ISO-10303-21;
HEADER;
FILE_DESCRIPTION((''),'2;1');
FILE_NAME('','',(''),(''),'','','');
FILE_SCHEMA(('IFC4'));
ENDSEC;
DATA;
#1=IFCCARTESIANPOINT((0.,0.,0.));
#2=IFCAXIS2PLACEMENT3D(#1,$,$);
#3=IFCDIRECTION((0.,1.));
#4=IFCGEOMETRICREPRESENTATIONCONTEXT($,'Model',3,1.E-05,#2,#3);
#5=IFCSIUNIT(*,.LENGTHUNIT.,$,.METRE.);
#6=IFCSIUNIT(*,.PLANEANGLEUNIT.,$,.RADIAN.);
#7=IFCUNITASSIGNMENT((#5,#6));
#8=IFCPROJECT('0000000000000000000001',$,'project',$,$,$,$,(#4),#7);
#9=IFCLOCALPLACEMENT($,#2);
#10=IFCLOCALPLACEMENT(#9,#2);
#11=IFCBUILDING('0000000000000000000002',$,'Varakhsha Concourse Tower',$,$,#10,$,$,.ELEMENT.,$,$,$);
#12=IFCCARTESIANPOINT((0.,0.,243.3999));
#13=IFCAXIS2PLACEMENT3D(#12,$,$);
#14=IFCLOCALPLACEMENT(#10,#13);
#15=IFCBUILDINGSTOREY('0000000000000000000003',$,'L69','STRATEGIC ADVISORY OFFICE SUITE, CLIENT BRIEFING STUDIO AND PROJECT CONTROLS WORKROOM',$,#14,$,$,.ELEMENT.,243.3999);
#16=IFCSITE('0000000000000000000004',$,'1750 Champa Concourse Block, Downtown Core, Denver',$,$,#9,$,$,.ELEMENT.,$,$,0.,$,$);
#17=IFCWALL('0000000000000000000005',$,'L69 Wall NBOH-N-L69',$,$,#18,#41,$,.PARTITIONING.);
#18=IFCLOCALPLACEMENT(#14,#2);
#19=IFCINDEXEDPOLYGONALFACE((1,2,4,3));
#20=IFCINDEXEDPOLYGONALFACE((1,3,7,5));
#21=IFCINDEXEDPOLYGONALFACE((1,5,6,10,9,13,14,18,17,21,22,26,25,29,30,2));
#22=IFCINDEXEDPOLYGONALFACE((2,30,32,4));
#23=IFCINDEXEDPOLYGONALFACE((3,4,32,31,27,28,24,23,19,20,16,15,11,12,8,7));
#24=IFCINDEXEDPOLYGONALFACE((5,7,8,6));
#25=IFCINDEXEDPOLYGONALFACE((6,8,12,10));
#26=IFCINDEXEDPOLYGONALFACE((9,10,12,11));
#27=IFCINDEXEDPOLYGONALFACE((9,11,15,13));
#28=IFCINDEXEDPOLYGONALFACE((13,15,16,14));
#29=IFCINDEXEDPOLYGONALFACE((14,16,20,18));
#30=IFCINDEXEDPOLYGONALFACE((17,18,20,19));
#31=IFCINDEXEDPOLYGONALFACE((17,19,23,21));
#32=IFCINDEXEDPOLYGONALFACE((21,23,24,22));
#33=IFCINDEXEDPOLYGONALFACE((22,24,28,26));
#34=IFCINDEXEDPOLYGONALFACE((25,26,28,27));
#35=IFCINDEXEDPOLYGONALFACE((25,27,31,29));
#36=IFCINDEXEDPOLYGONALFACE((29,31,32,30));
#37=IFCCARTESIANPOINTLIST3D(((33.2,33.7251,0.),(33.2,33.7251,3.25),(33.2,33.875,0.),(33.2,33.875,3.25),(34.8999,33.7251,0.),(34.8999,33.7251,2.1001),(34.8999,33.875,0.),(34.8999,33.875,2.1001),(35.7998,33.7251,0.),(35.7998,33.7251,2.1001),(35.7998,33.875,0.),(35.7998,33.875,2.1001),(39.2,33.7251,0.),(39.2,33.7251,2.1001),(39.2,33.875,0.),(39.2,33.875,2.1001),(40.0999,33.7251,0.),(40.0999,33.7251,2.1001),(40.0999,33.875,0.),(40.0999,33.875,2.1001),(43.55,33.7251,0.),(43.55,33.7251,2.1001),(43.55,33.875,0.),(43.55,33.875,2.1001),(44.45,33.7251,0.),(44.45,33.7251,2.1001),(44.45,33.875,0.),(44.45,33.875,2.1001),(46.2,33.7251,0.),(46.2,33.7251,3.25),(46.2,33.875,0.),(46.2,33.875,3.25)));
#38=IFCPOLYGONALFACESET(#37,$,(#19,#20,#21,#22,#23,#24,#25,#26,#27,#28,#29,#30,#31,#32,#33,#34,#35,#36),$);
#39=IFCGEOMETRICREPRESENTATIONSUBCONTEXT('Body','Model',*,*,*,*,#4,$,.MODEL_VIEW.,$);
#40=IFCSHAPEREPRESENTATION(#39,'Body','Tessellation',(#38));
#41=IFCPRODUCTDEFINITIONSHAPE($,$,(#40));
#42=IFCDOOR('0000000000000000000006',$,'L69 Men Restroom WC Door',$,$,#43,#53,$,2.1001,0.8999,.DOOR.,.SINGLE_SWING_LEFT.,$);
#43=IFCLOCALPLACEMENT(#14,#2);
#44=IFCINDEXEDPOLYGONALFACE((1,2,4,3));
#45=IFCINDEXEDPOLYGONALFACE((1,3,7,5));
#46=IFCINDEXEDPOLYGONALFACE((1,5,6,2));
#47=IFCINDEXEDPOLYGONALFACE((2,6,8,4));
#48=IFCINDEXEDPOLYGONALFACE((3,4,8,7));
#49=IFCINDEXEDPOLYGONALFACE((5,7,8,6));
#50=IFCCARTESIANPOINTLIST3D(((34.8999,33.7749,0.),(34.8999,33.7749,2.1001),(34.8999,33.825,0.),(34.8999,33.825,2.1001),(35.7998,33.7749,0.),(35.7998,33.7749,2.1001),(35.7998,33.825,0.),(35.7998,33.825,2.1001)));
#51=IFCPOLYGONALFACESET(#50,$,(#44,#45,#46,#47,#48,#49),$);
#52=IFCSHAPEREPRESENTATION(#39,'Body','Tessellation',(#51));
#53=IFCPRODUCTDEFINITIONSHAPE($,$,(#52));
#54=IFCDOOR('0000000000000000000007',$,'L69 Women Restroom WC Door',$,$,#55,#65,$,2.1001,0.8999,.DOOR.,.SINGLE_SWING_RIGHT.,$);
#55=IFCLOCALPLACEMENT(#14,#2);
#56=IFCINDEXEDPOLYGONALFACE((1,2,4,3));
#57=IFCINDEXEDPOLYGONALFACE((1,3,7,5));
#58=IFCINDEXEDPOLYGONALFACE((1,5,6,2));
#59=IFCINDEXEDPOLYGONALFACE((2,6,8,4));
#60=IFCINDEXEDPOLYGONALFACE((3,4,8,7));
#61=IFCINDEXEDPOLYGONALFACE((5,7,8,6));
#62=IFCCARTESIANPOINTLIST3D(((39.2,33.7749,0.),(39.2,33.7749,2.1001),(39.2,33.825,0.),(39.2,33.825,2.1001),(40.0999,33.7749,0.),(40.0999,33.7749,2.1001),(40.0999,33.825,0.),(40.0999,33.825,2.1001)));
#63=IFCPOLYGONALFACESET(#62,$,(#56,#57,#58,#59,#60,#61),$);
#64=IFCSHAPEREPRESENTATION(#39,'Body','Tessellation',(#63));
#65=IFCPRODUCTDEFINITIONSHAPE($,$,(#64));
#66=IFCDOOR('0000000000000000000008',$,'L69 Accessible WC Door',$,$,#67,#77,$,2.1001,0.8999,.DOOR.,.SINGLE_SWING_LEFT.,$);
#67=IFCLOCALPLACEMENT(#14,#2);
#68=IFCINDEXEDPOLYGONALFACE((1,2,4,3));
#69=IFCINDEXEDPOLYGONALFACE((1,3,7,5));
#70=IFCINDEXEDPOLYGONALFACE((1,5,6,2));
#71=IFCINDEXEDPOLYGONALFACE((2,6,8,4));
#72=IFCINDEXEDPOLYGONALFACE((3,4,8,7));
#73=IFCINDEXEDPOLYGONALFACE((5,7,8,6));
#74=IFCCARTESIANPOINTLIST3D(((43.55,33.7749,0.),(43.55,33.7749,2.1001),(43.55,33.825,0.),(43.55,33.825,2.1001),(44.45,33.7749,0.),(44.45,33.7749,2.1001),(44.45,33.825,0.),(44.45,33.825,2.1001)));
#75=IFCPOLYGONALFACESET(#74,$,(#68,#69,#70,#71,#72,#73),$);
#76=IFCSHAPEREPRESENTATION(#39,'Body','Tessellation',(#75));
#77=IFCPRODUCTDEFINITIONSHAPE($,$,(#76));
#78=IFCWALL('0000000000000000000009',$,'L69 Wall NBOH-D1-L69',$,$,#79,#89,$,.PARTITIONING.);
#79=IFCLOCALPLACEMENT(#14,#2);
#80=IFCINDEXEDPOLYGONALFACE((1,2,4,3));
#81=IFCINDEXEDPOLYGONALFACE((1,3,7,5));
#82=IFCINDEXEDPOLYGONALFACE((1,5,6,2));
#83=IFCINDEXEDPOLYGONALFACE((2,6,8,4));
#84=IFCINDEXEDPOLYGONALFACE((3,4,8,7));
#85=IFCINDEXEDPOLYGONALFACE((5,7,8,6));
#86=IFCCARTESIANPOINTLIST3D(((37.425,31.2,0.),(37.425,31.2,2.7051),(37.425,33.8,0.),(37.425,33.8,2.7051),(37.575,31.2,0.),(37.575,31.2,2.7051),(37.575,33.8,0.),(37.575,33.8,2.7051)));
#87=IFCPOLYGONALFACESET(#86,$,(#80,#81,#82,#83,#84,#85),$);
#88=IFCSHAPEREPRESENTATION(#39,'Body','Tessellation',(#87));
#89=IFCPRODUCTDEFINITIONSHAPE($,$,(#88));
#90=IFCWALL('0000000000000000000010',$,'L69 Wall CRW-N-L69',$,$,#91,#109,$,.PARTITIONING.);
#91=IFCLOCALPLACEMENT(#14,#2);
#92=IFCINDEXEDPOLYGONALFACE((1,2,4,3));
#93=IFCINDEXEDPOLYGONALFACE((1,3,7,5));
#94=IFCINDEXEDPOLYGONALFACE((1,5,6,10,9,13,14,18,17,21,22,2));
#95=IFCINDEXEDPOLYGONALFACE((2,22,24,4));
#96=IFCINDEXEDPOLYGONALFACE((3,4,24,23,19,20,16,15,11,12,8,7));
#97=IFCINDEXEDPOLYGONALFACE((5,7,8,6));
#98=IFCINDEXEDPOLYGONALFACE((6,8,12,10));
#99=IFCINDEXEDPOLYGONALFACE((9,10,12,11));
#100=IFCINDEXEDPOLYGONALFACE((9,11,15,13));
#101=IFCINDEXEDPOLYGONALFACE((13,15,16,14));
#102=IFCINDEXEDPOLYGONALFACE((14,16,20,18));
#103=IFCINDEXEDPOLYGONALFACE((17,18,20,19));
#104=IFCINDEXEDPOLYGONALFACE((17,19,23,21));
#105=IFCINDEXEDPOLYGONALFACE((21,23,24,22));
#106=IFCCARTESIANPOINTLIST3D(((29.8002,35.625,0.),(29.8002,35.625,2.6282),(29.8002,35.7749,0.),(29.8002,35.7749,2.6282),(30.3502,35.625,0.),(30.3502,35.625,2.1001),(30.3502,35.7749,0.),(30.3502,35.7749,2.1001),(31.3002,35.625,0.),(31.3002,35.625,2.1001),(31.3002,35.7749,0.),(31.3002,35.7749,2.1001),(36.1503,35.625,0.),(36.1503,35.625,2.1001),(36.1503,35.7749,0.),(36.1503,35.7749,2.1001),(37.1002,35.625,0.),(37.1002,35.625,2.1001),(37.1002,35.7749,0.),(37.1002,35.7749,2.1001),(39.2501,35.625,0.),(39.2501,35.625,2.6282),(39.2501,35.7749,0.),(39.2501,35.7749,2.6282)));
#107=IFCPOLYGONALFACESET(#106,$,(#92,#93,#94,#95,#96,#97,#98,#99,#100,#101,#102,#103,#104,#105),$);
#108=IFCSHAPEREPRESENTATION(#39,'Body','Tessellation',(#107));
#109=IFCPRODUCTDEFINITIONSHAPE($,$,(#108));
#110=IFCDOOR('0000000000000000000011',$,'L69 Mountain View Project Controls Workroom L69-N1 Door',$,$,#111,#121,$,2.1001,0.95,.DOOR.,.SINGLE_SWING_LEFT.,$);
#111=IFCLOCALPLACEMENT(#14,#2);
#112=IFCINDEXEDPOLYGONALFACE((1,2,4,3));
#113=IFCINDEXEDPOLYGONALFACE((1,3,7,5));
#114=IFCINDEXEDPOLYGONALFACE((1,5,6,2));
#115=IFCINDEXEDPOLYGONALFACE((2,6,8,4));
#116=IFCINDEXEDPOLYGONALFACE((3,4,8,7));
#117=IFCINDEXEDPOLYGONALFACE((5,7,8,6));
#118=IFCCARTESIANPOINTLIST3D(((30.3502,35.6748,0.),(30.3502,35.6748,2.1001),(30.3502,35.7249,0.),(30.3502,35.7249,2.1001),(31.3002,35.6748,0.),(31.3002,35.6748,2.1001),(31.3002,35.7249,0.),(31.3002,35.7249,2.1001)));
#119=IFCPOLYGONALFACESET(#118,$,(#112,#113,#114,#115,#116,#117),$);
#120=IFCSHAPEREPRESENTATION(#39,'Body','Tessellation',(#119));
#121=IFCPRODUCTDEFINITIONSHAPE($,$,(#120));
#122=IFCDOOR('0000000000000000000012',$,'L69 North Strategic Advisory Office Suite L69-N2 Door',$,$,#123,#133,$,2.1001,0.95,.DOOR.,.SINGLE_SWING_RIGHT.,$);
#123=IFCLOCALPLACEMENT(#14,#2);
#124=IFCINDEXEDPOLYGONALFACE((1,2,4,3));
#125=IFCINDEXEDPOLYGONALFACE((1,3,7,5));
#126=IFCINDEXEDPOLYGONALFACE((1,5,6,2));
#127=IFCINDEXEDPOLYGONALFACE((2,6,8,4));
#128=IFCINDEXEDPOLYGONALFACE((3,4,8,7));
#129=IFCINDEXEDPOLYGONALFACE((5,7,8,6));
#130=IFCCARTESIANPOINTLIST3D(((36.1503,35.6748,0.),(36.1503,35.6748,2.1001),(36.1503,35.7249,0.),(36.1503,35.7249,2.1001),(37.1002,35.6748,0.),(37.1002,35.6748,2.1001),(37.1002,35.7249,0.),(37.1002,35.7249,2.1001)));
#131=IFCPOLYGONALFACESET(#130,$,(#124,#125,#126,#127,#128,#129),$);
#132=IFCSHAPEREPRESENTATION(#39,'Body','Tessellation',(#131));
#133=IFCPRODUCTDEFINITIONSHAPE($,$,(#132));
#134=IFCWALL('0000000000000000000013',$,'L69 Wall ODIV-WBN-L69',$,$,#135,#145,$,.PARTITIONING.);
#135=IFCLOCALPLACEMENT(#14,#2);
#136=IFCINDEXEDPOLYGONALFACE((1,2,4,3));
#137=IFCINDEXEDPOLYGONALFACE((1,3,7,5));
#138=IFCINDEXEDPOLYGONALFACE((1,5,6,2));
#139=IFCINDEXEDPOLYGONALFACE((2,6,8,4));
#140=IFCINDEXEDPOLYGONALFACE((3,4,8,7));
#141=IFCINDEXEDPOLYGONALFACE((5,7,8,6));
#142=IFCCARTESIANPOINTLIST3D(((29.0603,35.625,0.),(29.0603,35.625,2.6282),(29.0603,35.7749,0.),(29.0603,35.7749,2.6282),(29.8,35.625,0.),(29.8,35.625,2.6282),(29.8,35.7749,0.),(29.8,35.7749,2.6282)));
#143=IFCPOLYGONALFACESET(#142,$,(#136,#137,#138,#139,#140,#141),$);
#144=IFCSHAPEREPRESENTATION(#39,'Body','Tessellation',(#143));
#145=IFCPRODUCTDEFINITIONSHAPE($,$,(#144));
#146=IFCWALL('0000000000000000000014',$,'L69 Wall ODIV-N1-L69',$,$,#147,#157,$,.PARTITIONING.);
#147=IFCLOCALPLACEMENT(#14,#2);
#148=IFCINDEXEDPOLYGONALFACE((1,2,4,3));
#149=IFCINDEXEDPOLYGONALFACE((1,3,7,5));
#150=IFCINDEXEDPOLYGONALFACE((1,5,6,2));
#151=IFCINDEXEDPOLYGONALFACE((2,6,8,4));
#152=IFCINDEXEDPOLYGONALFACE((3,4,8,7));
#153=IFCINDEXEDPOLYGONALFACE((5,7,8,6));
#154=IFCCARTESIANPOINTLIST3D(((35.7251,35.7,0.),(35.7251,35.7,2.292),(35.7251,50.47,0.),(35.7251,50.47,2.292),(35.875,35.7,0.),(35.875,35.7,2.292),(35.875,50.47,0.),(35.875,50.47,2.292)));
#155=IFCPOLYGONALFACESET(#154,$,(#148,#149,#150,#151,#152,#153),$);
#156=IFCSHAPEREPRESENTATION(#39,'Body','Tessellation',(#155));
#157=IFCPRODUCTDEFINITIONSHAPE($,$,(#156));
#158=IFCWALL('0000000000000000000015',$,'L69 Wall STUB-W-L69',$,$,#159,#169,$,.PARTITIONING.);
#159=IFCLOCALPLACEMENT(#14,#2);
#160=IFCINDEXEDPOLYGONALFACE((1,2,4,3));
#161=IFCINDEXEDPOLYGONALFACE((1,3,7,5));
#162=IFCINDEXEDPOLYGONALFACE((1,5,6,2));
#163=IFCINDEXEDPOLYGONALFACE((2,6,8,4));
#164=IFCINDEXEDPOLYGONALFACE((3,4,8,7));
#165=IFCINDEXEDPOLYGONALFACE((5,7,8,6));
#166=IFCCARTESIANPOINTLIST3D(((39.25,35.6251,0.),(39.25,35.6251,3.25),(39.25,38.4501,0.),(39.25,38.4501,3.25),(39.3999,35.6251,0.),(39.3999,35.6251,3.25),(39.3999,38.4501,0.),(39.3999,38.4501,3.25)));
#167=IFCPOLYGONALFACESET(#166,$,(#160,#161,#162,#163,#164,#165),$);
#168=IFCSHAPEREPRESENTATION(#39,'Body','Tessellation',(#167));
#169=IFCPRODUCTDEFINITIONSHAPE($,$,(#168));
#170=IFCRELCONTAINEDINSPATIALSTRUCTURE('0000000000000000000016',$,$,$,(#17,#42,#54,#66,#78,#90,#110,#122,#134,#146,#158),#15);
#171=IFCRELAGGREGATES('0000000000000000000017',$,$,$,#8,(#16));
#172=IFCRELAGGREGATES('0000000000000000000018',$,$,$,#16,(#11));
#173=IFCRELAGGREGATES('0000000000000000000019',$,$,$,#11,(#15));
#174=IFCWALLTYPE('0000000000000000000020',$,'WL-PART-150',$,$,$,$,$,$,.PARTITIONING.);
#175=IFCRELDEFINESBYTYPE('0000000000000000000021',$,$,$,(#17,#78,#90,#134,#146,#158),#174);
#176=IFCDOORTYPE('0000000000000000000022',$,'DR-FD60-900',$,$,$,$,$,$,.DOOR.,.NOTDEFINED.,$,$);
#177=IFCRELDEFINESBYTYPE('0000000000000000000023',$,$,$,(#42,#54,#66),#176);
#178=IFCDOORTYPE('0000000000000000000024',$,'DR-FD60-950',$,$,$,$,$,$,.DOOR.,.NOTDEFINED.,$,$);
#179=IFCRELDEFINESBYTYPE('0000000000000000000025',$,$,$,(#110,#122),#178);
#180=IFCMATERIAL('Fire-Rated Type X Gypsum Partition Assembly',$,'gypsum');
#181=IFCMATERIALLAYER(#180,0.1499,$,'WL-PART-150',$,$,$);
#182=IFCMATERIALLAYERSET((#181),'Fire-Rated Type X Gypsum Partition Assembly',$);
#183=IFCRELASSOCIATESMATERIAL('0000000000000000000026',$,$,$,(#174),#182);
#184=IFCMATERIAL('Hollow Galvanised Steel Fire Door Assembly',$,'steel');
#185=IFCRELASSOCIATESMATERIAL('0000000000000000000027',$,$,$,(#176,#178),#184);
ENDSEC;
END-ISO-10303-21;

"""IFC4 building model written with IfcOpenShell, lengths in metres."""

from ifc_helpers import new_model, si_unit, direction, frame, frame_2d, origin, place, context, subcontext, project, spatial, rectangle, extrude, material, layer, layer_set, type_object, element, fill, save


model = new_model("IFC4")

# Units and contexts
model_context = context("Model", 3, precision=1e-05, world=origin(), true_north=direction((0.0, 1.0)))
body_context = subcontext(model_context, "Body", "Model", "MODEL_VIEW")
ifc_project = project(units=[si_unit("LENGTHUNIT", "METRE"), si_unit("PLANEANGLEUNIT", "RADIAN")], contexts=[model_context])

# Site, building, storey
site_placement = place(None, origin())
site = spatial("IfcSite", under=ifc_project, at=site_placement, Name="1750 Champa Concourse Block, Downtown Core, Denver", CompositionType="ELEMENT", RefElevation=0.0)
building_placement = place(site_placement, origin())
building = spatial("IfcBuilding", under=site, at=building_placement, Name="Varakhsha Concourse Tower", CompositionType="ELEMENT")
storey_placement = place(building_placement, frame((0.0, 0.0, 243.3999)))
storey = spatial("IfcBuildingStorey", under=building, at=storey_placement, Name="L69", Description="STRATEGIC ADVISORY OFFICE SUITE, CLIENT BRIEFING STUDIO AND PROJECT CONTROLS WORKROOM", CompositionType="ELEMENT", Elevation=243.3999)

# Wall, openings, doors
ifc_material_1 = material(Name="Fire-Rated Type X Gypsum Partition Assembly", Category="gypsum")
ifc_layer_1 = layer(ifc_material_1, 0.1499, Name="WL-PART-150")
ifc_layer_set_1 = layer_set([ifc_layer_1], Name="Fire-Rated Type X Gypsum Partition Assembly")
wall_type_1 = type_object("IfcWallType", Name="WL-PART-150", PredefinedType="PARTITIONING", material=ifc_layer_set_1)
wall_1_placement = place(storey_placement, frame((33.2, 33.8, 0.0), z_axis=(0.0, 0.0, 1.0), x_axis=(1.0, 0.0, 0.0)))
wall_1 = element("IfcWall", 1, at=wall_1_placement, inside=storey, type_object=wall_type_1, Name="L69 Wall NBOH-N-L69", PredefinedType="PARTITIONING", context=body_context, shape_type="SweptSolid", body=[
    extrude(rectangle(XDim=13.0, YDim=0.1499, at=frame_2d((6.5, 0.0))), origin(), (0.0, 0.0, 1.0), 3.25),
])
opening_1_placement = place(wall_1_placement, frame((1.7, 0.0, 0.0)))
opening_1 = element("IfcOpeningElement", 2, at=opening_1_placement, cuts=wall_1, PredefinedType="OPENING", context=body_context, shape_type="SweptSolid", body=[
    extrude(rectangle(XDim=0.8999, YDim=2.1001, at=frame_2d((0.45, 1.05))), frame((0.0, 0.085, 0.0), z_axis=(0.0, -1.0, 0.0), x_axis=(1.0, 0.0, 0.0)), (0.0, 0.0, 1.0), 0.1699),
])
opening_2_placement = place(wall_1_placement, frame((6.0, 0.0, 0.0)))
opening_2 = element("IfcOpeningElement", 3, at=opening_2_placement, cuts=wall_1, PredefinedType="OPENING", context=body_context, shape_type="SweptSolid", body=[
    extrude(rectangle(XDim=0.8999, YDim=2.1001, at=frame_2d((0.45, 1.05))), frame((0.0, 0.085, 0.0), z_axis=(0.0, -1.0, 0.0), x_axis=(1.0, 0.0, 0.0)), (0.0, 0.0, 1.0), 0.1699),
])
opening_3_placement = place(wall_1_placement, frame((10.3501, 0.0, 0.0)))
opening_3 = element("IfcOpeningElement", 4, at=opening_3_placement, cuts=wall_1, PredefinedType="OPENING", context=body_context, shape_type="SweptSolid", body=[
    extrude(rectangle(XDim=0.8999, YDim=2.1001, at=frame_2d((0.45, 1.05))), frame((0.0, 0.085, 0.0), z_axis=(0.0, -1.0, 0.0), x_axis=(1.0, 0.0, 0.0)), (0.0, 0.0, 1.0), 0.1699),
])
ifc_material_2 = material(Name="Hollow Galvanised Steel Fire Door Assembly", Category="steel")
door_type_1 = type_object("IfcDoorType", Name="DR-FD60-900", OperationType="NOTDEFINED", PredefinedType="DOOR", material=ifc_material_2)
door_1_placement = place(opening_1_placement, origin())
door_1 = element("IfcDoor", 5, at=door_1_placement, inside=storey, type_object=door_type_1, Name="L69 Men Restroom WC Door", OperationType="SINGLE_SWING_LEFT", OverallHeight=2.1001, OverallWidth=0.8999, PredefinedType="DOOR", context=body_context, shape_type="SweptSolid", body=[
    extrude(rectangle(XDim=0.8999, YDim=2.1001, at=frame_2d((0.45, 1.05))), frame((0.0, 0.0249, 0.0), z_axis=(0.0, -1.0, 0.0), x_axis=(1.0, 0.0, 0.0)), (0.0, 0.0, 1.0), 0.05),
])
fill(opening_1, door_1)
door_2_placement = place(opening_2_placement, origin())
door_2 = element("IfcDoor", 6, at=door_2_placement, inside=storey, type_object=door_type_1, Name="L69 Women Restroom WC Door", OperationType="SINGLE_SWING_RIGHT", OverallHeight=2.1001, OverallWidth=0.8999, PredefinedType="DOOR", context=body_context, shape_type="SweptSolid", body=[
    extrude(rectangle(XDim=0.8999, YDim=2.1001, at=frame_2d((0.45, 1.05))), frame((0.0, 0.0249, 0.0), z_axis=(0.0, -1.0, 0.0), x_axis=(1.0, 0.0, 0.0)), (0.0, 0.0, 1.0), 0.05),
])
fill(opening_2, door_2)
door_3_placement = place(opening_3_placement, origin())
door_3 = element("IfcDoor", 7, at=door_3_placement, inside=storey, type_object=door_type_1, Name="L69 Accessible WC Door", OperationType="SINGLE_SWING_LEFT", OverallHeight=2.1001, OverallWidth=0.8999, PredefinedType="DOOR", context=body_context, shape_type="SweptSolid", body=[
    extrude(rectangle(XDim=0.8999, YDim=2.1001, at=frame_2d((0.45, 1.05))), frame((0.0, 0.0249, 0.0), z_axis=(0.0, -1.0, 0.0), x_axis=(1.0, 0.0, 0.0)), (0.0, 0.0, 1.0), 0.05),
])
fill(opening_3, door_3)

# Wall
wall_2_placement = place(storey_placement, frame((37.5, 31.2, 0.0), z_axis=(0.0, 0.0, 1.0), x_axis=(0.0, 1.0, 0.0)))
element("IfcWall", 8, at=wall_2_placement, inside=storey, type_object=wall_type_1, Name="L69 Wall NBOH-D1-L69", PredefinedType="PARTITIONING", context=body_context, shape_type="SweptSolid", body=[
    extrude(rectangle(XDim=2.6001, YDim=0.1499, at=frame_2d((1.3, 0.0))), origin(), (0.0, 0.0, 1.0), 2.7051),
])

# Wall, openings, doors
wall_3_placement = place(storey_placement, frame((29.8, 35.7, 0.0), z_axis=(0.0, 0.0, 1.0), x_axis=(1.0, 0.0, 0.0)))
wall_3 = element("IfcWall", 9, at=wall_3_placement, inside=storey, type_object=wall_type_1, Name="L69 Wall CRW-N-L69", PredefinedType="PARTITIONING", context=body_context, shape_type="SweptSolid", body=[
    extrude(rectangle(XDim=9.45, YDim=0.1499, at=frame_2d((4.7251, 0.0))), origin(), (0.0, 0.0, 1.0), 2.6282),
])
opening_4_placement = place(wall_3_placement, frame((0.55, 0.0, 0.0)))
opening_4 = element("IfcOpeningElement", 10, at=opening_4_placement, cuts=wall_3, PredefinedType="OPENING", context=body_context, shape_type="SweptSolid", body=[
    extrude(rectangle(XDim=0.95, YDim=2.1001, at=frame_2d((0.4751, 1.05))), frame((0.0, 0.085, 0.0), z_axis=(0.0, -1.0, 0.0), x_axis=(1.0, 0.0, 0.0)), (0.0, 0.0, 1.0), 0.1699),
])
opening_5_placement = place(wall_3_placement, frame((6.3501, 0.0, 0.0)))
opening_5 = element("IfcOpeningElement", 11, at=opening_5_placement, cuts=wall_3, PredefinedType="OPENING", context=body_context, shape_type="SweptSolid", body=[
    extrude(rectangle(XDim=0.95, YDim=2.1001, at=frame_2d((0.4751, 1.05))), frame((0.0, 0.085, 0.0), z_axis=(0.0, -1.0, 0.0), x_axis=(1.0, 0.0, 0.0)), (0.0, 0.0, 1.0), 0.1699),
])
door_type_2 = type_object("IfcDoorType", Name="DR-FD60-950", OperationType="NOTDEFINED", PredefinedType="DOOR", material=ifc_material_2)
door_4_placement = place(opening_4_placement, origin())
door_4 = element("IfcDoor", 12, at=door_4_placement, inside=storey, type_object=door_type_2, Name="L69 Mountain View Project Controls Workroom L69-N1 Door", OperationType="SINGLE_SWING_LEFT", OverallHeight=2.1001, OverallWidth=0.95, PredefinedType="DOOR", context=body_context, shape_type="SweptSolid", body=[
    extrude(rectangle(XDim=0.95, YDim=2.1001, at=frame_2d((0.4751, 1.05))), frame((0.0, 0.0249, 0.0), z_axis=(0.0, -1.0, 0.0), x_axis=(1.0, 0.0, 0.0)), (0.0, 0.0, 1.0), 0.05),
])
fill(opening_4, door_4)
door_5_placement = place(opening_5_placement, origin())
door_5 = element("IfcDoor", 13, at=door_5_placement, inside=storey, type_object=door_type_2, Name="L69 North Strategic Advisory Office Suite L69-N2 Door", OperationType="SINGLE_SWING_RIGHT", OverallHeight=2.1001, OverallWidth=0.95, PredefinedType="DOOR", context=body_context, shape_type="SweptSolid", body=[
    extrude(rectangle(XDim=0.95, YDim=2.1001, at=frame_2d((0.4751, 1.05))), frame((0.0, 0.0249, 0.0), z_axis=(0.0, -1.0, 0.0), x_axis=(1.0, 0.0, 0.0)), (0.0, 0.0, 1.0), 0.05),
])
fill(opening_5, door_5)

# Walls
wall_4_placement = place(storey_placement, frame((29.0603, 35.7, 0.0), z_axis=(0.0, 0.0, 1.0), x_axis=(1.0, 0.0, 0.0)))
element("IfcWall", 14, at=wall_4_placement, inside=storey, type_object=wall_type_1, Name="L69 Wall ODIV-WBN-L69", PredefinedType="PARTITIONING", context=body_context, shape_type="SweptSolid", body=[
    extrude(rectangle(XDim=0.7397, YDim=0.1499, at=frame_2d((0.3699, 0.0))), origin(), (0.0, 0.0, 1.0), 2.6282),
])
wall_5_placement = place(storey_placement, frame((35.8, 35.7, 0.0), z_axis=(0.0, 0.0, 1.0), x_axis=(0.0, 1.0, 0.0)))
element("IfcWall", 15, at=wall_5_placement, inside=storey, type_object=wall_type_1, Name="L69 Wall ODIV-N1-L69", PredefinedType="PARTITIONING", context=body_context, shape_type="SweptSolid", body=[
    extrude(rectangle(XDim=14.77, YDim=0.1499, at=frame_2d((7.385, 0.0))), origin(), (0.0, 0.0, 1.0), 2.292),
])
wall_6_placement = place(storey_placement, frame((39.325, 35.625, 0.0), z_axis=(0.0, 0.0, 1.0), x_axis=(0.0, 1.0, 0.0)))
element("IfcWall", 16, at=wall_6_placement, inside=storey, type_object=wall_type_1, Name="L69 Wall STUB-W-L69", PredefinedType="PARTITIONING", context=body_context, shape_type="SweptSolid", body=[
    extrude(rectangle(XDim=2.825, YDim=0.1499, at=frame_2d((1.4126, 0.0))), origin(), (0.0, 0.0, 1.0), 3.25),
])

save(model, "model.ifc")
